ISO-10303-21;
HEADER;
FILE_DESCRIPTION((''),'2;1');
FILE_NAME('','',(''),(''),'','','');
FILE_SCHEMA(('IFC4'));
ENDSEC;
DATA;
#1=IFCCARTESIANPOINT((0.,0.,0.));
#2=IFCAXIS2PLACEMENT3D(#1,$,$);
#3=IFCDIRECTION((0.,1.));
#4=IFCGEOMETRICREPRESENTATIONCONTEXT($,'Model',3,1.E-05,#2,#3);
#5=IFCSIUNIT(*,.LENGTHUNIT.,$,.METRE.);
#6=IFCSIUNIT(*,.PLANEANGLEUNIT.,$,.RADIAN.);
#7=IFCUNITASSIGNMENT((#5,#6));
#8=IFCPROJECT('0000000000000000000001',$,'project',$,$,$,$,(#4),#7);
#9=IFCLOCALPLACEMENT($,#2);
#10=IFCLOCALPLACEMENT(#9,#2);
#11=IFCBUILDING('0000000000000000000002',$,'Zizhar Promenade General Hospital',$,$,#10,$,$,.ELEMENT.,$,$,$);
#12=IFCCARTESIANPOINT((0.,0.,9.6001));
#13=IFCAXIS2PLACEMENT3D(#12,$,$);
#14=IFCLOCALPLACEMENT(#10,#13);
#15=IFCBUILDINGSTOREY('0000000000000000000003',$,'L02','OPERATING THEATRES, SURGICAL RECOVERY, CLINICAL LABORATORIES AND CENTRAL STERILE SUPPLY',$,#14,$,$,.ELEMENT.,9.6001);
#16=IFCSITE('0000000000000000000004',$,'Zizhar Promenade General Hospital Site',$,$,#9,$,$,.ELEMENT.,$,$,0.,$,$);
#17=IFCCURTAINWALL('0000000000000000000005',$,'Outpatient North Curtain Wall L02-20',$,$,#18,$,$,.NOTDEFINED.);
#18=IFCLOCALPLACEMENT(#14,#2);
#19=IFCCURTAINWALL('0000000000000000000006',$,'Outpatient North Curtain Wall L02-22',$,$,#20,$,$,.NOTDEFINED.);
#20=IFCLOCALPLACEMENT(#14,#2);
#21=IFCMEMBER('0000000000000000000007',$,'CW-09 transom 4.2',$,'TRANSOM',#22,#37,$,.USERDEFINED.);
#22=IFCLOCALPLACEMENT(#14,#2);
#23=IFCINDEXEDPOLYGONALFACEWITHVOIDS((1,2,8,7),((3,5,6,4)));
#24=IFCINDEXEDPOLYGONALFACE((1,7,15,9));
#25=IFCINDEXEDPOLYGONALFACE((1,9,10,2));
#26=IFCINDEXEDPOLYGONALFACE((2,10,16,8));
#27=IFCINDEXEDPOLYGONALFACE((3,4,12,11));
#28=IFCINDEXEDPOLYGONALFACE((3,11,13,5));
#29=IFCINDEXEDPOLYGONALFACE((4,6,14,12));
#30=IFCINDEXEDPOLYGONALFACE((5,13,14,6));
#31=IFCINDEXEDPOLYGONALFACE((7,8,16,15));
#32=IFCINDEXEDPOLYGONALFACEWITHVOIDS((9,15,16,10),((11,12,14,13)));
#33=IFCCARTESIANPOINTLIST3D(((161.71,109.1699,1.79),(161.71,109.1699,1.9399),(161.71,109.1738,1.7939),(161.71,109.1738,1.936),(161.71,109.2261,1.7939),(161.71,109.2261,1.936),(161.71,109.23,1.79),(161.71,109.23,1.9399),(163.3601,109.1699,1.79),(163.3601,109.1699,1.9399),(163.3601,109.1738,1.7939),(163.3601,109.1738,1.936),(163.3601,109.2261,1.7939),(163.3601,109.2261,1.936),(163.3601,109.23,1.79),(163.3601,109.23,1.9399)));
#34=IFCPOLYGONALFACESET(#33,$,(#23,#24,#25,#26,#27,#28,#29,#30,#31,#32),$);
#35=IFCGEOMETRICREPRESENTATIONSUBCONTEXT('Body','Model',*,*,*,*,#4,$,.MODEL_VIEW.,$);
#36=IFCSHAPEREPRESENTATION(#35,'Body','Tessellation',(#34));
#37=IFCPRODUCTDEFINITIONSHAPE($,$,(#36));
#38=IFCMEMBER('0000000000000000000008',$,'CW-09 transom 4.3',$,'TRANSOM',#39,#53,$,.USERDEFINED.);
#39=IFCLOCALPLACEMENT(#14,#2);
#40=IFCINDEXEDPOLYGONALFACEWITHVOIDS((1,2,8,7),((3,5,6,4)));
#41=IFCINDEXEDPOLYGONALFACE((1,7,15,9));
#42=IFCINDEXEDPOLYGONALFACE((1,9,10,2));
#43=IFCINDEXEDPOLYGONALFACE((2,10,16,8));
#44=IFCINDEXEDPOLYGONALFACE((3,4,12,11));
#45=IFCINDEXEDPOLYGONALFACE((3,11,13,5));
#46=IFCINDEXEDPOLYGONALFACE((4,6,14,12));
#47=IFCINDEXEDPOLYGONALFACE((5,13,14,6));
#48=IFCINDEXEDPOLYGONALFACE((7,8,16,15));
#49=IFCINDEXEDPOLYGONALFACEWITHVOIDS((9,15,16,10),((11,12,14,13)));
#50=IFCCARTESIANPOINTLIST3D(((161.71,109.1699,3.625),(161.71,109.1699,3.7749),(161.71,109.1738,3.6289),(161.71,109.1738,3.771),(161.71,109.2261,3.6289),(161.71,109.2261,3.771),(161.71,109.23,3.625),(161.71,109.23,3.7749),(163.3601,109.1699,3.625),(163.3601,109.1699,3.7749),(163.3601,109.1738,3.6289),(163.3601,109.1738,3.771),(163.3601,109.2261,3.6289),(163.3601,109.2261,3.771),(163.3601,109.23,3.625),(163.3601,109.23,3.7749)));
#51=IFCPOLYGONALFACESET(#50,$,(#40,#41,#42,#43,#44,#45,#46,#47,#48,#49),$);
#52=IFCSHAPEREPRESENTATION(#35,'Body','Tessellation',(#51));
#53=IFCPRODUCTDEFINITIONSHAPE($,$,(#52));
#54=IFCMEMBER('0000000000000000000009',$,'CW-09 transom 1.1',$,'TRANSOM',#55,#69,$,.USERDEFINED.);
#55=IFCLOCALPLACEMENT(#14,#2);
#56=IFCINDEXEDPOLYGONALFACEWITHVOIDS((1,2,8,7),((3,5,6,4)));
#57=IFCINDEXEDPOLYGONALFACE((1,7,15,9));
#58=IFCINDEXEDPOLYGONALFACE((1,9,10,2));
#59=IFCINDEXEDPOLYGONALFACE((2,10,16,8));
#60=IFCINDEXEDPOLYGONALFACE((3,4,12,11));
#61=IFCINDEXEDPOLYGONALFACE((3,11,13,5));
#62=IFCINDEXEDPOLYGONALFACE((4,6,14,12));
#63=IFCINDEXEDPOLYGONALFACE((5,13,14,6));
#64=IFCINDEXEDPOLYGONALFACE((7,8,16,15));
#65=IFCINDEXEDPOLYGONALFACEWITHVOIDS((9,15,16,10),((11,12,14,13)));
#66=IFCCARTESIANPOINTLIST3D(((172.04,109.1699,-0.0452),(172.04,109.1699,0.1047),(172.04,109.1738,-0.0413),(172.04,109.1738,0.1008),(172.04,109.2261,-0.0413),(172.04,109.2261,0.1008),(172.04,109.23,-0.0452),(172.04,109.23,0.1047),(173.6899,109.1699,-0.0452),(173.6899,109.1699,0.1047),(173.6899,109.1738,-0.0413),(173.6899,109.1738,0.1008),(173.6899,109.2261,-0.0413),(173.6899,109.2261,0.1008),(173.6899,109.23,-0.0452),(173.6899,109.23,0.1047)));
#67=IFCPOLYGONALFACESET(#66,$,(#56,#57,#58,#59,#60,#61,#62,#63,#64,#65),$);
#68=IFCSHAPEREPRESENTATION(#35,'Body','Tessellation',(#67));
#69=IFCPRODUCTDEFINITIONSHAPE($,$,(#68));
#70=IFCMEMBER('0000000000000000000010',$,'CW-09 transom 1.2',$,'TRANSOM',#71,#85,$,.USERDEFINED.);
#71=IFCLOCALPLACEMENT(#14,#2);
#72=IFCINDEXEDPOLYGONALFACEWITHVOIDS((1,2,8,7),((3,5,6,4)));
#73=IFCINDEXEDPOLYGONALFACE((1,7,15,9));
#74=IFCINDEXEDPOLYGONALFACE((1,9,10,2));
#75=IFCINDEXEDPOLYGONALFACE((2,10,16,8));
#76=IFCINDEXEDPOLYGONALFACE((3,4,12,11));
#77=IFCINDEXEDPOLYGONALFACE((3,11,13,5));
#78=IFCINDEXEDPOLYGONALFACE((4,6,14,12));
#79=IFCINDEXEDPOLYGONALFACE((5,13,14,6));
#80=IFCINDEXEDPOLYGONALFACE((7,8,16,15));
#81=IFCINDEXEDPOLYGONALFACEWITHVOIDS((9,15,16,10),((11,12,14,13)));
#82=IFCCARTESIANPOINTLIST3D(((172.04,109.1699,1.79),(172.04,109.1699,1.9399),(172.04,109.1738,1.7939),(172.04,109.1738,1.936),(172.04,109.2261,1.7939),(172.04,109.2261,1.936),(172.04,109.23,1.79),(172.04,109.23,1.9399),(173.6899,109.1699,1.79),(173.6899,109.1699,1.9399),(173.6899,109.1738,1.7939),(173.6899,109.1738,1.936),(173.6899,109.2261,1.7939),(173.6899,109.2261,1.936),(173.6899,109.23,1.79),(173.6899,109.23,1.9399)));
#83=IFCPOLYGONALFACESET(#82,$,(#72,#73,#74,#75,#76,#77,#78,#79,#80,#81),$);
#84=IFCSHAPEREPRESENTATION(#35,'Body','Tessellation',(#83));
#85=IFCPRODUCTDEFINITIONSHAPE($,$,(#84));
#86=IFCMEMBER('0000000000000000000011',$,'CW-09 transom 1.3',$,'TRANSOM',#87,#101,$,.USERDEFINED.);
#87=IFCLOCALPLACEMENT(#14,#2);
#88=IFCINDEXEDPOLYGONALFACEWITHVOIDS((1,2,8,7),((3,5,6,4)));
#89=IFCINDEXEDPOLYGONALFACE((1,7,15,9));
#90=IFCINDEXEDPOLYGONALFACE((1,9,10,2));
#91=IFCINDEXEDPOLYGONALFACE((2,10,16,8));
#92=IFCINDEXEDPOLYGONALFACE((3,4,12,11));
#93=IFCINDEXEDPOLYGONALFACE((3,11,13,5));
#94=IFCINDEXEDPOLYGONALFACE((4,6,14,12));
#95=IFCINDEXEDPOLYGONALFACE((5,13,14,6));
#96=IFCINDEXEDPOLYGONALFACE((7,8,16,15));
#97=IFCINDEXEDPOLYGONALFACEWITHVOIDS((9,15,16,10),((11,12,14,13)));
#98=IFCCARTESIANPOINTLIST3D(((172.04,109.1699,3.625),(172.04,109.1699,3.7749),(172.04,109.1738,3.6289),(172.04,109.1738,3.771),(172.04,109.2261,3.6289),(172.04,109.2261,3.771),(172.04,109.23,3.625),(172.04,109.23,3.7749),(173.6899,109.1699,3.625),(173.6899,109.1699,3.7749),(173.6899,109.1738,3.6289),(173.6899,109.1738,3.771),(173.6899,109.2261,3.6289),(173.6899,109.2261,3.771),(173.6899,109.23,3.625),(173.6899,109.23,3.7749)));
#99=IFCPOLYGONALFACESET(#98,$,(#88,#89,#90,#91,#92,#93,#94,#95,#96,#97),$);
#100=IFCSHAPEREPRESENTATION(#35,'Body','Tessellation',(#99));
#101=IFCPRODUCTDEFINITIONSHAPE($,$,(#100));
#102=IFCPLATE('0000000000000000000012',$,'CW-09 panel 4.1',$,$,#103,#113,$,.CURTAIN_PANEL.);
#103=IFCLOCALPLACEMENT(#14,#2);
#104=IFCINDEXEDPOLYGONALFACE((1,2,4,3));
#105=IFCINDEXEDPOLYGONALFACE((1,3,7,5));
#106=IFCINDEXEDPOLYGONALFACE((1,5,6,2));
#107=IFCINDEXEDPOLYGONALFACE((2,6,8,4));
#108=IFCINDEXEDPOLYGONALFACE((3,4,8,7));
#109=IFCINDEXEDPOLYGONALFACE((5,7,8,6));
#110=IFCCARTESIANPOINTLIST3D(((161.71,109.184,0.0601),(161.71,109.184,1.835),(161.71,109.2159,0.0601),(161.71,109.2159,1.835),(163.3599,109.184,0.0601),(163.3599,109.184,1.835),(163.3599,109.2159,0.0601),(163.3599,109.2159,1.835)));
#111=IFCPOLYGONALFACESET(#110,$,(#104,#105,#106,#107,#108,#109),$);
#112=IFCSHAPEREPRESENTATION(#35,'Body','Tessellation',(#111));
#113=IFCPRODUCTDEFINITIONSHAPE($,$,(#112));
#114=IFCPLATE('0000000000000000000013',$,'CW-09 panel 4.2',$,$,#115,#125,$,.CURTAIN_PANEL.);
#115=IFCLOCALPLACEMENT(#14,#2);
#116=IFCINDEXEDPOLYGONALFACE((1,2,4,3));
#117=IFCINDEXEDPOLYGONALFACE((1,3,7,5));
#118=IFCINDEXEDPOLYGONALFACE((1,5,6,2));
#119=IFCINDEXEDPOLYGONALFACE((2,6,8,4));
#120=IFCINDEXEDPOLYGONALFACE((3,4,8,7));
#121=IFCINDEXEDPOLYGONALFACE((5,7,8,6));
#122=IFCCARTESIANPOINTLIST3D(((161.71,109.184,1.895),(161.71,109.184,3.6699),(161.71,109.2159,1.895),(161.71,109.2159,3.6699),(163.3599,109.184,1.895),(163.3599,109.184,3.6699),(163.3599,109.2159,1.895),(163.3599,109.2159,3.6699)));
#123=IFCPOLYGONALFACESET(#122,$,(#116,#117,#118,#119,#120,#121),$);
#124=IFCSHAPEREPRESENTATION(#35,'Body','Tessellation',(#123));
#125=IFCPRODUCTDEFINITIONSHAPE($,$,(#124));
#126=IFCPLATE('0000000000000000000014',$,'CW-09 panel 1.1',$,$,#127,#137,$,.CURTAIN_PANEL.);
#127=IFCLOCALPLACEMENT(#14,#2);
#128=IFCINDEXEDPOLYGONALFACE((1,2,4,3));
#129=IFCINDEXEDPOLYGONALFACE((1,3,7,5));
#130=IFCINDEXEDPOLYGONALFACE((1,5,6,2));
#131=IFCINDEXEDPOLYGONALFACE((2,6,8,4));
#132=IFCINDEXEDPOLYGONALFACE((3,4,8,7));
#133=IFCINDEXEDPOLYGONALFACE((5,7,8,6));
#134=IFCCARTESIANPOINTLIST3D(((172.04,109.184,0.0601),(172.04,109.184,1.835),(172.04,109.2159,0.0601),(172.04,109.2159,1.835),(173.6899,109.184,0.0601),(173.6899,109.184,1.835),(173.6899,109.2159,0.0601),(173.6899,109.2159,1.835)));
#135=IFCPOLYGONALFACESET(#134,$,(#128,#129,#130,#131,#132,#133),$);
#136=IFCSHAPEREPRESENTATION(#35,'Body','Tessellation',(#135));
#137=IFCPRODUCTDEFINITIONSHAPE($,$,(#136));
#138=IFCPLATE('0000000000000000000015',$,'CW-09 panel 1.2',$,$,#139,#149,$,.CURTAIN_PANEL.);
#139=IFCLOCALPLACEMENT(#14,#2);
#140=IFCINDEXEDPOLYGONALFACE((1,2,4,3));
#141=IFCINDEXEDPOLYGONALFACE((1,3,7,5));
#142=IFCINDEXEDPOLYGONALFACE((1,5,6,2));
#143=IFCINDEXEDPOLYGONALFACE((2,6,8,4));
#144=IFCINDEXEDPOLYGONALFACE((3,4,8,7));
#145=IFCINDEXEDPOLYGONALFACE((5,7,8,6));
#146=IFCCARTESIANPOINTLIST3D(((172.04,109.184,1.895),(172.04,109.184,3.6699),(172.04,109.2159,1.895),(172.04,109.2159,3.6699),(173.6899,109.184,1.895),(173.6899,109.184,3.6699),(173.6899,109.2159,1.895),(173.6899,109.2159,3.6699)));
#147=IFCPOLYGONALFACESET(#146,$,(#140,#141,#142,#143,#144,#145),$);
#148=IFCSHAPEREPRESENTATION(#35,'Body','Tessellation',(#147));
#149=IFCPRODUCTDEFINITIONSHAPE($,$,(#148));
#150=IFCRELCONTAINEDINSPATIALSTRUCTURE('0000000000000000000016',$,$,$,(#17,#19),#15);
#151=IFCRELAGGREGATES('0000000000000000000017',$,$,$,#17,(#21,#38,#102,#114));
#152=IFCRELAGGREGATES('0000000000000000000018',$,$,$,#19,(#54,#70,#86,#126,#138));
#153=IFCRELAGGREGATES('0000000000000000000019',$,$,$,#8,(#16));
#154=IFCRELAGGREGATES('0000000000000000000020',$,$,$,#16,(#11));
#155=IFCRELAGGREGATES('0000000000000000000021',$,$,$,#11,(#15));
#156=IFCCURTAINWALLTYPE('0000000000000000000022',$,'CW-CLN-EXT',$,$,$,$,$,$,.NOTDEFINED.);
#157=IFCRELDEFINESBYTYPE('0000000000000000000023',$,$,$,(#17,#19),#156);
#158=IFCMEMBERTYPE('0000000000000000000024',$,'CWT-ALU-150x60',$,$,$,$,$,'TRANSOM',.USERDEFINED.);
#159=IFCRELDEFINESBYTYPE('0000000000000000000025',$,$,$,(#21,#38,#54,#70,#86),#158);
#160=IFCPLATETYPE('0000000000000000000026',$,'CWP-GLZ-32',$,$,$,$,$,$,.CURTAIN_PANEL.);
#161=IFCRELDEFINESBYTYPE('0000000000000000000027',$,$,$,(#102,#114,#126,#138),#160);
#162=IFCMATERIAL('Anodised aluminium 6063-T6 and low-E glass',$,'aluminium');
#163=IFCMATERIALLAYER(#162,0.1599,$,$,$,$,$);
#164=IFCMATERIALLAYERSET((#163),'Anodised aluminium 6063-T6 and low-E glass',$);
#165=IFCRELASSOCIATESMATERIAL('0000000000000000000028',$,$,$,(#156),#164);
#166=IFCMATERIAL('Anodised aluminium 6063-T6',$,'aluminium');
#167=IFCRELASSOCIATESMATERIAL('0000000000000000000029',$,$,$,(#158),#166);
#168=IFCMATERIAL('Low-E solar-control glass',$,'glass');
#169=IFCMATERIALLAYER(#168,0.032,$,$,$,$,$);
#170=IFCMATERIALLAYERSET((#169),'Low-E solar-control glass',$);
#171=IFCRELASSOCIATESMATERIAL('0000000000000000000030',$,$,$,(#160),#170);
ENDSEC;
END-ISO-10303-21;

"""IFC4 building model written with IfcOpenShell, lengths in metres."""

from ifc_helpers import new_model, si_unit, direction, frame, origin, origin_2d, place, context, subcontext, project, spatial, rectangle, hollow_rectangle, extrude, material, layer, layer_set, material_profile, profile_set, type_object, element, aggregate, save


model = new_model("IFC4")

# Units and contexts
model_context = context("Model", 3, precision=1e-05, world=origin(), true_north=direction((0.0, 1.0)))
body_context = subcontext(model_context, "Body", "Model", "MODEL_VIEW")
ifc_project = project(units=[si_unit("LENGTHUNIT", "METRE"), si_unit("PLANEANGLEUNIT", "RADIAN")], contexts=[model_context])

# Site, building, storey
site_placement = place(None, origin())
site = spatial("IfcSite", under=ifc_project, at=site_placement, Name="Zizhar Promenade General Hospital Site", CompositionType="ELEMENT", RefElevation=0.0)
building_placement = place(site_placement, origin())
building = spatial("IfcBuilding", under=site, at=building_placement, Name="Zizhar Promenade General Hospital", CompositionType="ELEMENT")
storey_placement = place(building_placement, frame((0.0, 0.0, 9.6001)))
storey = spatial("IfcBuildingStorey", under=building, at=storey_placement, Name="L02", Description="OPERATING THEATRES, SURGICAL RECOVERY, CLINICAL LABORATORIES AND CENTRAL STERILE SUPPLY", CompositionType="ELEMENT", Elevation=9.6001)

# Curtain wall
ifc_material_1 = material(Name="Anodised aluminium 6063-T6 and low-E glass", Category="aluminium")
ifc_layer_1 = layer(ifc_material_1, 0.1599)
ifc_layer_set_1 = layer_set([ifc_layer_1], Name="Anodised aluminium 6063-T6 and low-E glass")
curtain_wall_type = type_object("IfcCurtainWallType", Name="CW-CLN-EXT", PredefinedType="NOTDEFINED", material=ifc_layer_set_1)
curtain_wall_1_placement = place(storey_placement, origin())
curtain_wall_1 = element("IfcCurtainWall", 1, at=curtain_wall_1_placement, inside=storey, type_object=curtain_wall_type, Name="Outpatient North Curtain Wall L02-20", PredefinedType="NOTDEFINED")

# Curtain wall
curtain_wall_2_placement = place(storey_placement, origin())
curtain_wall_2 = element("IfcCurtainWall", 2, at=curtain_wall_2_placement, inside=storey, type_object=curtain_wall_type, Name="Outpatient North Curtain Wall L02-22", PredefinedType="NOTDEFINED")

# Members
ifc_material_2 = material(Name="Anodised aluminium 6063-T6", Category="aluminium")
ifc_material_profile_1 = material_profile(ifc_material_2, hollow_rectangle(XDim=0.0601, YDim=0.1499, WallThickness=0.0039, at=origin_2d()))
ifc_profile_set_1 = profile_set([ifc_material_profile_1], Name="Anodised aluminium 6063-T6")
member_type_1 = type_object("IfcMemberType", Name="CWT-ALU-150x60", ElementType="TRANSOM", PredefinedType="USERDEFINED", material=ifc_profile_set_1)
member_1_placement = place(storey_placement, frame((161.71, 109.2, 1.865), z_axis=(1.0, 0.0, 0.0), x_axis=(0.0, 1.0, 0.0)))
member_1 = element("IfcMember", 3, at=member_1_placement, type_object=member_type_1, Name="CW-09 transom 4.2", ObjectType="TRANSOM", PredefinedType="USERDEFINED", context=body_context, shape_type="SweptSolid", body=[
    extrude(hollow_rectangle(XDim=0.0601, YDim=0.1499, WallThickness=0.0039, at=origin_2d()), origin(), (0.0, 0.0, 1.0), 1.6501),
])
member_2_placement = place(storey_placement, frame((161.71, 109.2, 3.7), z_axis=(1.0, 0.0, 0.0), x_axis=(0.0, 1.0, 0.0)))
member_2 = element("IfcMember", 4, at=member_2_placement, type_object=member_type_1, Name="CW-09 transom 4.3", ObjectType="TRANSOM", PredefinedType="USERDEFINED", context=body_context, shape_type="SweptSolid", body=[
    extrude(hollow_rectangle(XDim=0.0601, YDim=0.1499, WallThickness=0.0039, at=origin_2d()), origin(), (0.0, 0.0, 1.0), 1.6501),
])
member_3_placement = place(storey_placement, frame((172.04, 109.2, 0.0298), z_axis=(1.0, 0.0, 0.0), x_axis=(0.0, 1.0, 0.0)))
member_3 = element("IfcMember", 5, at=member_3_placement, type_object=member_type_1, Name="CW-09 transom 1.1", ObjectType="TRANSOM", PredefinedType="USERDEFINED", context=body_context, shape_type="SweptSolid", body=[
    extrude(hollow_rectangle(XDim=0.0601, YDim=0.1499, WallThickness=0.0039, at=origin_2d()), origin(), (0.0, 0.0, 1.0), 1.6499),
])
member_4_placement = place(storey_placement, frame((172.04, 109.2, 1.865), z_axis=(1.0, 0.0, 0.0), x_axis=(0.0, 1.0, 0.0)))
member_4 = element("IfcMember", 6, at=member_4_placement, type_object=member_type_1, Name="CW-09 transom 1.2", ObjectType="TRANSOM", PredefinedType="USERDEFINED", context=body_context, shape_type="SweptSolid", body=[
    extrude(hollow_rectangle(XDim=0.0601, YDim=0.1499, WallThickness=0.0039, at=origin_2d()), origin(), (0.0, 0.0, 1.0), 1.6499),
])
member_5_placement = place(storey_placement, frame((172.04, 109.2, 3.7), z_axis=(1.0, 0.0, 0.0), x_axis=(0.0, 1.0, 0.0)))
member_5 = element("IfcMember", 7, at=member_5_placement, type_object=member_type_1, Name="CW-09 transom 1.3", ObjectType="TRANSOM", PredefinedType="USERDEFINED", context=body_context, shape_type="SweptSolid", body=[
    extrude(hollow_rectangle(XDim=0.0601, YDim=0.1499, WallThickness=0.0039, at=origin_2d()), origin(), (0.0, 0.0, 1.0), 1.6499),
])

# Plates
ifc_material_3 = material(Name="Low-E solar-control glass", Category="glass")
ifc_layer_2 = layer(ifc_material_3, 0.032)
ifc_layer_set_2 = layer_set([ifc_layer_2], Name="Low-E solar-control glass")
plate_type = type_object("IfcPlateType", Name="CWP-GLZ-32", PredefinedType="CURTAIN_PANEL", material=ifc_layer_set_2)
plate_1_placement = place(storey_placement, frame((162.5349, 109.2, 0.0601), z_axis=(0.0, 0.0, 1.0), x_axis=(1.0, 0.0, 0.0)))
plate_1 = element("IfcPlate", 8, at=plate_1_placement, type_object=plate_type, Name="CW-09 panel 4.1", PredefinedType="CURTAIN_PANEL", context=body_context, shape_type="SweptSolid", body=[
    extrude(rectangle(XDim=1.6499, YDim=0.032, at=origin_2d()), origin(), (0.0, 0.0, 1.0), 1.7749),
])
plate_2_placement = place(storey_placement, frame((162.5349, 109.2, 1.895), z_axis=(0.0, 0.0, 1.0), x_axis=(1.0, 0.0, 0.0)))
plate_2 = element("IfcPlate", 9, at=plate_2_placement, type_object=plate_type, Name="CW-09 panel 4.2", PredefinedType="CURTAIN_PANEL", context=body_context, shape_type="SweptSolid", body=[
    extrude(rectangle(XDim=1.6499, YDim=0.032, at=origin_2d()), origin(), (0.0, 0.0, 1.0), 1.7749),
])
aggregate(curtain_wall_1, [member_1, member_2, plate_1, plate_2])
plate_3_placement = place(storey_placement, frame((172.865, 109.2, 0.0601), z_axis=(0.0, 0.0, 1.0), x_axis=(1.0, 0.0, 0.0)))
plate_3 = element("IfcPlate", 10, at=plate_3_placement, type_object=plate_type, Name="CW-09 panel 1.1", PredefinedType="CURTAIN_PANEL", context=body_context, shape_type="SweptSolid", body=[
    extrude(rectangle(XDim=1.6499, YDim=0.032, at=origin_2d()), origin(), (0.0, 0.0, 1.0), 1.7749),
])
plate_4_placement = place(storey_placement, frame((172.865, 109.2, 1.895), z_axis=(0.0, 0.0, 1.0), x_axis=(1.0, 0.0, 0.0)))
plate_4 = element("IfcPlate", 11, at=plate_4_placement, type_object=plate_type, Name="CW-09 panel 1.2", PredefinedType="CURTAIN_PANEL", context=body_context, shape_type="SweptSolid", body=[
    extrude(rectangle(XDim=1.6499, YDim=0.032, at=origin_2d()), origin(), (0.0, 0.0, 1.0), 1.7749),
])
aggregate(curtain_wall_2, [member_3, member_4, member_5, plate_3, plate_4])

save(model, "model.ifc")
